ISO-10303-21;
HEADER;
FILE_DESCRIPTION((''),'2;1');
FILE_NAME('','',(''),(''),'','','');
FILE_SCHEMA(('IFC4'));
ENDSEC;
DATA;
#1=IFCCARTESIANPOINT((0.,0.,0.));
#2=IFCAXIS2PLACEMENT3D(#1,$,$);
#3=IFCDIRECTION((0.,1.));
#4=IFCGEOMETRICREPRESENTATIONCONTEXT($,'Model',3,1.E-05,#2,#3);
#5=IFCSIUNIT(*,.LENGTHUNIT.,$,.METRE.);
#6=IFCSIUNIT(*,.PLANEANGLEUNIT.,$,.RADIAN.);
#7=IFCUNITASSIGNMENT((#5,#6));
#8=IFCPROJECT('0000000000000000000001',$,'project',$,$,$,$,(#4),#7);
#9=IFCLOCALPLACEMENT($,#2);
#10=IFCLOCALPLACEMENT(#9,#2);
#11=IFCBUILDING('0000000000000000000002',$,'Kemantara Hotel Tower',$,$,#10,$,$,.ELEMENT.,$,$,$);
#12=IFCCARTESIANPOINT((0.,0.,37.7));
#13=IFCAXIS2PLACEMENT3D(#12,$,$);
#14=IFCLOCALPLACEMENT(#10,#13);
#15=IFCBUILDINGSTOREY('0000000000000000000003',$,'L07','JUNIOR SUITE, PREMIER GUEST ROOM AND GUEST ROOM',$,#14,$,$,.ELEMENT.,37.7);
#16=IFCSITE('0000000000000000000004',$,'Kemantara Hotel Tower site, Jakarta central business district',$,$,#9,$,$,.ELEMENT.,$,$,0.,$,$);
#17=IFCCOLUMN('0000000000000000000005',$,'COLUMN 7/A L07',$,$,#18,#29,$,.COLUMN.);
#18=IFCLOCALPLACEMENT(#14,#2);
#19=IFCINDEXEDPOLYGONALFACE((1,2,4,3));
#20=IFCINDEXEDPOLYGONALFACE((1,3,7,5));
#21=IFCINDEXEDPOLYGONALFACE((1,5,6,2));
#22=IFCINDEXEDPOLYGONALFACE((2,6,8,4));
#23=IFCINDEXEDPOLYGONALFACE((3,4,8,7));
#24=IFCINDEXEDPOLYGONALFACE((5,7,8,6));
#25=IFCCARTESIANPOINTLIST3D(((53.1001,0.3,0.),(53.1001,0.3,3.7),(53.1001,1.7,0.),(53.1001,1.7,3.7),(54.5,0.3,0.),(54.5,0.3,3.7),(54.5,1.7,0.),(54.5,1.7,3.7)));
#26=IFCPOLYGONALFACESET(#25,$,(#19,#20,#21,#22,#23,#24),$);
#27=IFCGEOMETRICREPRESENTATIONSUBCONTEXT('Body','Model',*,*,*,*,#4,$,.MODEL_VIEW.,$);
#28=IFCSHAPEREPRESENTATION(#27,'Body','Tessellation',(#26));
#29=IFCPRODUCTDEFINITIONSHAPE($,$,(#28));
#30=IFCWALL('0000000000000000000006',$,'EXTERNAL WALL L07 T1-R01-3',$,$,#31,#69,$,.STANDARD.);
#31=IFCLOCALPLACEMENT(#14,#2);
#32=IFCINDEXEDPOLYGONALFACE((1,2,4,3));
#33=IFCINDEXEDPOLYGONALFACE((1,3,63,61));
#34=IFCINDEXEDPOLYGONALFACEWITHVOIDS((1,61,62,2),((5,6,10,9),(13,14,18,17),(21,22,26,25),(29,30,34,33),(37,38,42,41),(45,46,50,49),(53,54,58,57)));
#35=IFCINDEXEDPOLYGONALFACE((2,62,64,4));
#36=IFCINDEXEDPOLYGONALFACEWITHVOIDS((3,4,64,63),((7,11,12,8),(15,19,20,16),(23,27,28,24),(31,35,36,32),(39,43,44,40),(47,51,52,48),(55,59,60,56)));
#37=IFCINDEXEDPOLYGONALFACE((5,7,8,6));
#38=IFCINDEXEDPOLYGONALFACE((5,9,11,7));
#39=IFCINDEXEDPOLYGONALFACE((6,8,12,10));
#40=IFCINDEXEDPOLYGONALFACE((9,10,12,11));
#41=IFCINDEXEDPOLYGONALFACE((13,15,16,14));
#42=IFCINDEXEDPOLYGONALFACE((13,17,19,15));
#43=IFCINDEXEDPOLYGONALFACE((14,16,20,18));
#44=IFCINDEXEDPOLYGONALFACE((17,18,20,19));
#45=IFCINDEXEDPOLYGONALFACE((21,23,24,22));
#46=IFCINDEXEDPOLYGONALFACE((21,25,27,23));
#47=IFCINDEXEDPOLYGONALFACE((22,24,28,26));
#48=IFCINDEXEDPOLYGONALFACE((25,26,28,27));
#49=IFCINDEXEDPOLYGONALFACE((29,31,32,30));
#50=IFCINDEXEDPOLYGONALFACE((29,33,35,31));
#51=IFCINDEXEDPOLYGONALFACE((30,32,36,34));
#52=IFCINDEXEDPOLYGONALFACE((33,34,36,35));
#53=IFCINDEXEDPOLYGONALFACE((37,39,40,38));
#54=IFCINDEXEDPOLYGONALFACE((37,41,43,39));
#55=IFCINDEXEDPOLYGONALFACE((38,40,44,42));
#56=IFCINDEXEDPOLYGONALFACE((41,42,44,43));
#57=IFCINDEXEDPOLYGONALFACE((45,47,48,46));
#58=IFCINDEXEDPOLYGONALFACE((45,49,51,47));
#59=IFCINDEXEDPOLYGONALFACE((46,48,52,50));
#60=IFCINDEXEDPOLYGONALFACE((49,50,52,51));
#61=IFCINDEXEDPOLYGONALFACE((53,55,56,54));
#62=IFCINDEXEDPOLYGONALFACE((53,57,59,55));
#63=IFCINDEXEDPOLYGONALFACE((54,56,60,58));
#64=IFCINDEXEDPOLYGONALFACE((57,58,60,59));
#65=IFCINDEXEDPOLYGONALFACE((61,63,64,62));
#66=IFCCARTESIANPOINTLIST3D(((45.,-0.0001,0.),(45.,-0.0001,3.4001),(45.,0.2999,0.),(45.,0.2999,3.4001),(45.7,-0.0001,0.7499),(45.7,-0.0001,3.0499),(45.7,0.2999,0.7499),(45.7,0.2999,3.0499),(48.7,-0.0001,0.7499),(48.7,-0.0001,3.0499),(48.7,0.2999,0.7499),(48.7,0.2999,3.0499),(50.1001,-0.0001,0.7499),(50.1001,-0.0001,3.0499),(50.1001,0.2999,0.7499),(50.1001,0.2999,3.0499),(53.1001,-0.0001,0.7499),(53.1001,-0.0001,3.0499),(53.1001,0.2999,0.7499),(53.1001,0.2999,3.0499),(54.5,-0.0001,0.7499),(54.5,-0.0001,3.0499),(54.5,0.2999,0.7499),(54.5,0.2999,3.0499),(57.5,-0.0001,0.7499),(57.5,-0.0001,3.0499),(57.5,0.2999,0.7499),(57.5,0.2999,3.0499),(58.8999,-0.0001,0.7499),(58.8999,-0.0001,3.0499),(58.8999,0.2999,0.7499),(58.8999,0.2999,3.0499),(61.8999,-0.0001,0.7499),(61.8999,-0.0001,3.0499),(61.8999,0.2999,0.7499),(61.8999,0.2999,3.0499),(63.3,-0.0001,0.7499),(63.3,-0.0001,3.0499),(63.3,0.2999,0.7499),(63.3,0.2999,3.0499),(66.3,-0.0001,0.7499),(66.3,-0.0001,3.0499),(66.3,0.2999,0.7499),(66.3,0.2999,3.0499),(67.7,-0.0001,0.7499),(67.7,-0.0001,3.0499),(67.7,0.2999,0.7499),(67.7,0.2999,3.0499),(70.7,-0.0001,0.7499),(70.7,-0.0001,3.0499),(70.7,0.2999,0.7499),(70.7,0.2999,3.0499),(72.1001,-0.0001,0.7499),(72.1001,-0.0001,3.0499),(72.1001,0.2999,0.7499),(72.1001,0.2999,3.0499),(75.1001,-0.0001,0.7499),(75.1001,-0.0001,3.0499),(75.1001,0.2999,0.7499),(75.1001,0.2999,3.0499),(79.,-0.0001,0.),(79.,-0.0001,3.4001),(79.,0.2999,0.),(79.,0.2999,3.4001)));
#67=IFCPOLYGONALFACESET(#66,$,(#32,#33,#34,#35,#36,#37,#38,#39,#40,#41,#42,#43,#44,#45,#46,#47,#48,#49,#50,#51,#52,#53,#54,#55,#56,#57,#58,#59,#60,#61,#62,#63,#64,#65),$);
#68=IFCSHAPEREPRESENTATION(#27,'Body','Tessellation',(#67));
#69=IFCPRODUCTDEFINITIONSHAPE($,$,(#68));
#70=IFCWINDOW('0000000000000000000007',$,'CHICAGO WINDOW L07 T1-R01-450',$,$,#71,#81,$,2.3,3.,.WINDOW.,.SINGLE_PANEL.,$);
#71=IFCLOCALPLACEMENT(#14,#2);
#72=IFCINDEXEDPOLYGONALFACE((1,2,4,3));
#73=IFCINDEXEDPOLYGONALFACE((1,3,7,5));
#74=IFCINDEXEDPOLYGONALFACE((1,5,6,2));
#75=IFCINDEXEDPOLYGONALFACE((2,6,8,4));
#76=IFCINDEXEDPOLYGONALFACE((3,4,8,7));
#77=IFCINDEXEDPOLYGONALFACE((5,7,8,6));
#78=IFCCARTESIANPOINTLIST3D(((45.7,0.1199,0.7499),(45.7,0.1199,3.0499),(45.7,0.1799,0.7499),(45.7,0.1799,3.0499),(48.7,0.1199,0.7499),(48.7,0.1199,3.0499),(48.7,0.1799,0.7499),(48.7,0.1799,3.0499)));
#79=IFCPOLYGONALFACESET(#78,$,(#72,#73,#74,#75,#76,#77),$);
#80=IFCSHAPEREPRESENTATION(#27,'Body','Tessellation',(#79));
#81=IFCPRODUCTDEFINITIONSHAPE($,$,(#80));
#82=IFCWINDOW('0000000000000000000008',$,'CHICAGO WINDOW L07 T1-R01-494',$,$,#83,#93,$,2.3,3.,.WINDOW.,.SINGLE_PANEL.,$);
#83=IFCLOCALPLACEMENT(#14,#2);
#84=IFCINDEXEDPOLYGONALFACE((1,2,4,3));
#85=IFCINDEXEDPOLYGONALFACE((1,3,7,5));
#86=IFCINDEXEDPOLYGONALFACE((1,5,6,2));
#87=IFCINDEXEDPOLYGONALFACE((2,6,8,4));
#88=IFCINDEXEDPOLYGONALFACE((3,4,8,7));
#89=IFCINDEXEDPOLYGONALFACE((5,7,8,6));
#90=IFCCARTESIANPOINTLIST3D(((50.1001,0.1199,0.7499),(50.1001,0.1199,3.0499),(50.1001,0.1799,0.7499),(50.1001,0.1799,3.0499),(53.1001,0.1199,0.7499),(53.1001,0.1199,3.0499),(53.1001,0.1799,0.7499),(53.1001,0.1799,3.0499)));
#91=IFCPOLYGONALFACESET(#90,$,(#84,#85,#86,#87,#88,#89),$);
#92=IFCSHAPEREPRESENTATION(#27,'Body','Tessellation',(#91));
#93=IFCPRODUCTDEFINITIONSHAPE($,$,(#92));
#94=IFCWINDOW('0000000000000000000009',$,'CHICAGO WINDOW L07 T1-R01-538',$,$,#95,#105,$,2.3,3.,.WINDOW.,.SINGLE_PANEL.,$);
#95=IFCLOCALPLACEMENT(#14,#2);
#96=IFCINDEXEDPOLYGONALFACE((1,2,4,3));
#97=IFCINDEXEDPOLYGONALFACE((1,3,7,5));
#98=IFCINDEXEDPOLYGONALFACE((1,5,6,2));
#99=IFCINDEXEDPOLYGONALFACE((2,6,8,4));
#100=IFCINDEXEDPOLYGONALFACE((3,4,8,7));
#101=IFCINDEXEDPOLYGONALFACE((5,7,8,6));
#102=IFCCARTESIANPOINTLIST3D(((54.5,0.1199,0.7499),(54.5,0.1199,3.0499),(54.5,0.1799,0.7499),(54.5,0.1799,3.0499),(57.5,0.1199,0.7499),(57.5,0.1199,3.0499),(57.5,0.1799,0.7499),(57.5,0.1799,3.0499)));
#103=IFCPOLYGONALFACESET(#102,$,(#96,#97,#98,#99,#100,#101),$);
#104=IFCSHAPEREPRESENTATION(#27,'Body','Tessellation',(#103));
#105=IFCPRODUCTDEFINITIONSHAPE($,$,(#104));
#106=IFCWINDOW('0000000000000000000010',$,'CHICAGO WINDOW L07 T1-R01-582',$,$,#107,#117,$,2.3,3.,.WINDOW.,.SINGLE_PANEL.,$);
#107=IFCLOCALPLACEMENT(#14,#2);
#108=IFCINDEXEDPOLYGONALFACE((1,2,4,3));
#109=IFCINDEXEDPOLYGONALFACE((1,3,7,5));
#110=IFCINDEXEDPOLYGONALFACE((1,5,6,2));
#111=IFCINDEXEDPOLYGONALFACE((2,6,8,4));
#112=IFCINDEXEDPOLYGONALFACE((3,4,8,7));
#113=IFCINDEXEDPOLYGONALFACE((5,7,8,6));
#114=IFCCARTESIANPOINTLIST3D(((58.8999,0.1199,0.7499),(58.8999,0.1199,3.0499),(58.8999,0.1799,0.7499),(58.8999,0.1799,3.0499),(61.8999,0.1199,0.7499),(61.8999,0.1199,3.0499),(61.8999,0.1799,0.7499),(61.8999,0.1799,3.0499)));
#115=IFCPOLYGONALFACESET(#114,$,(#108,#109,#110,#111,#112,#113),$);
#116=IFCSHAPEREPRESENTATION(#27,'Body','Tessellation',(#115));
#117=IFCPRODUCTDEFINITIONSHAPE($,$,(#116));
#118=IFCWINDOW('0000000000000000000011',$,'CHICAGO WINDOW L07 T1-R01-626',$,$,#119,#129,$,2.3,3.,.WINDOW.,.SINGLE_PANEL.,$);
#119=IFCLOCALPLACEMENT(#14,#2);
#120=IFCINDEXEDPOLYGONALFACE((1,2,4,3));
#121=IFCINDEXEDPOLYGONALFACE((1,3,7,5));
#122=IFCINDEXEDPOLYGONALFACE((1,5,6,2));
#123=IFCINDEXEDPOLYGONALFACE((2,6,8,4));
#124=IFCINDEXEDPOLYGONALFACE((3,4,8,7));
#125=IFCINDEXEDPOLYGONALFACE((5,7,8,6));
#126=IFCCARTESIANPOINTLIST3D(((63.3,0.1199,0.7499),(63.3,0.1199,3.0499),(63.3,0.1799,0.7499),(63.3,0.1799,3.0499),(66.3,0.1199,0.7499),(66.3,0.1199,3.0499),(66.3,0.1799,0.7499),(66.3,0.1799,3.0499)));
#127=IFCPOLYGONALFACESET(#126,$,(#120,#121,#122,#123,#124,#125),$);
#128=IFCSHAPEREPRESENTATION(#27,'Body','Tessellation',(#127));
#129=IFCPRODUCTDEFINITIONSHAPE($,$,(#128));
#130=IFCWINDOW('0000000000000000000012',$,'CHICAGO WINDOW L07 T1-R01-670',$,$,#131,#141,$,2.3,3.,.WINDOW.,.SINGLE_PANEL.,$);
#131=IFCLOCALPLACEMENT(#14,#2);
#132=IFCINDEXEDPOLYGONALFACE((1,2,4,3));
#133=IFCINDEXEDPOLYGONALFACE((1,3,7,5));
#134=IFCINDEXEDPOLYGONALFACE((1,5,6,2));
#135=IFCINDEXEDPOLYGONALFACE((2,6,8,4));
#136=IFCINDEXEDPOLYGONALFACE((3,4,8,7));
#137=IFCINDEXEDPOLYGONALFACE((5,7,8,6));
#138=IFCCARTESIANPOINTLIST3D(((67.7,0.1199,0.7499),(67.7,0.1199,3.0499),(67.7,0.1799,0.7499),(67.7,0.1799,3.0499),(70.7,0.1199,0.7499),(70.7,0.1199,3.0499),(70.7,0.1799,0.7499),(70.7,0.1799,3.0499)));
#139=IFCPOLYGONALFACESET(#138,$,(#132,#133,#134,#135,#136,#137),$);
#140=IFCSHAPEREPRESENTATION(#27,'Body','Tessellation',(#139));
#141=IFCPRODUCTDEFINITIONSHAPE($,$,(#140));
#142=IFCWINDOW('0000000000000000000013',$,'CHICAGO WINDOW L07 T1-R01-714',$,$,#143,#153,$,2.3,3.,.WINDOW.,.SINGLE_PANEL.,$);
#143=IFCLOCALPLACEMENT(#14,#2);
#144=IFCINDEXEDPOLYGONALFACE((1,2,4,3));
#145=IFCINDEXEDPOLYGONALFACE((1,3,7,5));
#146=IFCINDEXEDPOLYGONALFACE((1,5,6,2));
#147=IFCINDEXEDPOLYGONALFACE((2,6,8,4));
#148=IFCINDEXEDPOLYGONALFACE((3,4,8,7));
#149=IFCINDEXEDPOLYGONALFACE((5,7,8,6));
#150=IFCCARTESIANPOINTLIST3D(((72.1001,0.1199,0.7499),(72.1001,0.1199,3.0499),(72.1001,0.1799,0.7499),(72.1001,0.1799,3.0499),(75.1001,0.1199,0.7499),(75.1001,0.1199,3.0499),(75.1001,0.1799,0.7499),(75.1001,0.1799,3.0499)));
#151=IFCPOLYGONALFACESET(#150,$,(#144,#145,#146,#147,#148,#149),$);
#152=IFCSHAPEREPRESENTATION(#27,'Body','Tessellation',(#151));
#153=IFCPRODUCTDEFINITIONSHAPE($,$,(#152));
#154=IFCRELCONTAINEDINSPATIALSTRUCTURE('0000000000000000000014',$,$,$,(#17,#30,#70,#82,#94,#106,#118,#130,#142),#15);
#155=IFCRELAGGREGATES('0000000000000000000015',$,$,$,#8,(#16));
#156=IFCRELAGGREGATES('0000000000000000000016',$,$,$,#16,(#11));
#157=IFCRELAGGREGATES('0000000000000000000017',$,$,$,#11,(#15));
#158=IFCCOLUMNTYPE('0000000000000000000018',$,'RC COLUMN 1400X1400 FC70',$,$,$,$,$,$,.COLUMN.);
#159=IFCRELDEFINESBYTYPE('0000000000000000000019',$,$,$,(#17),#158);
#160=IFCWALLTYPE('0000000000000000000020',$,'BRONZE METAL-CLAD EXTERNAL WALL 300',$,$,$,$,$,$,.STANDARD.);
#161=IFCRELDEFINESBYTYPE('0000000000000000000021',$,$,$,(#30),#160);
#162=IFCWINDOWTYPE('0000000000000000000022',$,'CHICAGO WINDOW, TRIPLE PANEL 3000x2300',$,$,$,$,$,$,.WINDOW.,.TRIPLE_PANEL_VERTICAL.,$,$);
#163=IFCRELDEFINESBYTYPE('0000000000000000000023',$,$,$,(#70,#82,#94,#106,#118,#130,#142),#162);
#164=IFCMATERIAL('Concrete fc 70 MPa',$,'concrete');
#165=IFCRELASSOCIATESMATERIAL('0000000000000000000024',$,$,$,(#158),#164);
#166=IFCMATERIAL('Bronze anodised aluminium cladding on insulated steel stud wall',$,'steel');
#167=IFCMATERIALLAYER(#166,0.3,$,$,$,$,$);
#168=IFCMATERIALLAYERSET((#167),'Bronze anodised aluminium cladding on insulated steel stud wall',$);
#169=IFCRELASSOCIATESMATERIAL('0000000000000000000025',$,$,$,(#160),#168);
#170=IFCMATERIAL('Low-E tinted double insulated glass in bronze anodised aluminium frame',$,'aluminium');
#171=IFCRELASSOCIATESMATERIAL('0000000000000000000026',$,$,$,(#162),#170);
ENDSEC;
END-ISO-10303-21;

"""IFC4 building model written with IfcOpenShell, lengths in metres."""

from ifc_helpers import new_model, si_unit, direction, frame, frame_2d, origin, origin_2d, place, context, subcontext, project, spatial, rectangle, extrude, material, layer, layer_set, material_profile, profile_set, type_object, element, fill, save


model = new_model("IFC4")

# Units and contexts
model_context = context("Model", 3, precision=1e-05, world=origin(), true_north=direction((0.0, 1.0)))
body_context = subcontext(model_context, "Body", "Model", "MODEL_VIEW")
ifc_project = project(units=[si_unit("LENGTHUNIT", "METRE"), si_unit("PLANEANGLEUNIT", "RADIAN")], contexts=[model_context])

# Site, building, storey
site_placement = place(None, origin())
site = spatial("IfcSite", under=ifc_project, at=site_placement, Name="Kemantara Hotel Tower site, Jakarta central business district", CompositionType="ELEMENT", RefElevation=0.0)
building_placement = place(site_placement, origin())
building = spatial("IfcBuilding", under=site, at=building_placement, Name="Kemantara Hotel Tower", CompositionType="ELEMENT")
storey_placement = place(building_placement, frame((0.0, 0.0, 37.7)))
storey = spatial("IfcBuildingStorey", under=building, at=storey_placement, Name="L07", Description="JUNIOR SUITE, PREMIER GUEST ROOM AND GUEST ROOM", CompositionType="ELEMENT", Elevation=37.7)

# Column
ifc_material_1 = material(Name="Concrete fc 70 MPa", Category="concrete")
ifc_material_profile = material_profile(ifc_material_1, rectangle(XDim=1.3999, YDim=1.3999, at=origin_2d()), Name="RC 1400X1400")
ifc_profile_set = profile_set([ifc_material_profile], Name="Concrete fc 70 MPa")
column_type = type_object("IfcColumnType", Name="RC COLUMN 1400X1400 FC70", PredefinedType="COLUMN", material=ifc_profile_set)
column_placement = place(storey_placement, frame((53.8, 1.0, 0.0), z_axis=(0.0, 0.0, 1.0), x_axis=(1.0, 0.0, 0.0)))
element("IfcColumn", 1, at=column_placement, inside=storey, type_object=column_type, Name="COLUMN 7/A L07", PredefinedType="COLUMN", context=body_context, shape_type="SweptSolid", body=[
    extrude(rectangle(XDim=1.3999, YDim=1.3999, at=origin_2d()), origin(), (0.0, 0.0, 1.0), 3.7),
])

# Wall, openings, windows
ifc_material_2 = material(Name="Bronze anodised aluminium cladding on insulated steel stud wall", Category="steel")
ifc_layer_1 = layer(ifc_material_2, 0.3)
ifc_layer_set_1 = layer_set([ifc_layer_1], Name="Bronze anodised aluminium cladding on insulated steel stud wall")
wall_type_1 = type_object("IfcWallType", Name="BRONZE METAL-CLAD EXTERNAL WALL 300", PredefinedType="STANDARD", material=ifc_layer_set_1)
wall_1_placement = place(storey_placement, frame((45.0, 0.1499, 0.0), z_axis=(0.0, 0.0, 1.0), x_axis=(1.0, 0.0, 0.0)))
wall_1 = element("IfcWall", 2, at=wall_1_placement, inside=storey, type_object=wall_type_1, Name="EXTERNAL WALL L07 T1-R01-3", PredefinedType="STANDARD", context=body_context, shape_type="SweptSolid", body=[
    extrude(rectangle(XDim=34.0, YDim=0.3, at=frame_2d((17.0, 0.0))), origin(), (0.0, 0.0, 1.0), 3.4001),
])
opening_1_placement = place(wall_1_placement, frame((0.7, 0.0, 0.75)))
opening_1 = element("IfcOpeningElement", 3, at=opening_1_placement, cuts=wall_1, PredefinedType="OPENING", context=body_context, shape_type="SweptSolid", body=[
    extrude(rectangle(XDim=3.0, YDim=2.3, at=frame_2d((1.5, 1.1499))), frame((0.0, 0.1599, 0.0), z_axis=(0.0, -1.0, 0.0), x_axis=(1.0, 0.0, 0.0)), (0.0, 0.0, 1.0), 0.3201),
])
opening_2_placement = place(wall_1_placement, frame((5.1001, 0.0, 0.75)))
opening_2 = element("IfcOpeningElement", 4, at=opening_2_placement, cuts=wall_1, PredefinedType="OPENING", context=body_context, shape_type="SweptSolid", body=[
    extrude(rectangle(XDim=3.0, YDim=2.3, at=frame_2d((1.5, 1.1499))), frame((0.0, 0.1599, 0.0), z_axis=(0.0, -1.0, 0.0), x_axis=(1.0, 0.0, 0.0)), (0.0, 0.0, 1.0), 0.3201),
])
opening_3_placement = place(wall_1_placement, frame((9.5, 0.0, 0.75)))
opening_3 = element("IfcOpeningElement", 5, at=opening_3_placement, cuts=wall_1, PredefinedType="OPENING", context=body_context, shape_type="SweptSolid", body=[
    extrude(rectangle(XDim=3.0, YDim=2.3, at=frame_2d((1.5, 1.1499))), frame((0.0, 0.1599, 0.0), z_axis=(0.0, -1.0, 0.0), x_axis=(1.0, 0.0, 0.0)), (0.0, 0.0, 1.0), 0.3201),
])
opening_4_placement = place(wall_1_placement, frame((13.8999, 0.0, 0.75)))
opening_4 = element("IfcOpeningElement", 6, at=opening_4_placement, cuts=wall_1, PredefinedType="OPENING", context=body_context, shape_type="SweptSolid", body=[
    extrude(rectangle(XDim=3.0, YDim=2.3, at=frame_2d((1.5, 1.1499))), frame((0.0, 0.1599, 0.0), z_axis=(0.0, -1.0, 0.0), x_axis=(1.0, 0.0, 0.0)), (0.0, 0.0, 1.0), 0.3201),
])
opening_5_placement = place(wall_1_placement, frame((18.3, 0.0, 0.75)))
opening_5 = element("IfcOpeningElement", 7, at=opening_5_placement, cuts=wall_1, PredefinedType="OPENING", context=body_context, shape_type="SweptSolid", body=[
    extrude(rectangle(XDim=3.0, YDim=2.3, at=frame_2d((1.5, 1.1499))), frame((0.0, 0.1599, 0.0), z_axis=(0.0, -1.0, 0.0), x_axis=(1.0, 0.0, 0.0)), (0.0, 0.0, 1.0), 0.3201),
])
opening_6_placement = place(wall_1_placement, frame((22.7, 0.0, 0.75)))
opening_6 = element("IfcOpeningElement", 8, at=opening_6_placement, cuts=wall_1, PredefinedType="OPENING", context=body_context, shape_type="SweptSolid", body=[
    extrude(rectangle(XDim=3.0, YDim=2.3, at=frame_2d((1.5, 1.1499))), frame((0.0, 0.1599, 0.0), z_axis=(0.0, -1.0, 0.0), x_axis=(1.0, 0.0, 0.0)), (0.0, 0.0, 1.0), 0.3201),
])
opening_7_placement = place(wall_1_placement, frame((27.1001, 0.0, 0.75)))
opening_7 = element("IfcOpeningElement", 9, at=opening_7_placement, cuts=wall_1, PredefinedType="OPENING", context=body_context, shape_type="SweptSolid", body=[
    extrude(rectangle(XDim=3.0, YDim=2.3, at=frame_2d((1.5, 1.1499))), frame((0.0, 0.1599, 0.0), z_axis=(0.0, -1.0, 0.0), x_axis=(1.0, 0.0, 0.0)), (0.0, 0.0, 1.0), 0.3201),
])
ifc_material_3 = material(Name="Low-E tinted double insulated glass in bronze anodised aluminium frame", Category="aluminium")
window_type = type_object("IfcWindowType", Name="CHICAGO WINDOW, TRIPLE PANEL 3000x2300", PartitioningType="TRIPLE_PANEL_VERTICAL", PredefinedType="WINDOW", material=ifc_material_3)
window_1_placement = place(opening_1_placement, origin())
window_1 = element("IfcWindow", 10, at=window_1_placement, inside=storey, type_object=window_type, Name="CHICAGO WINDOW L07 T1-R01-450", OverallHeight=2.3, OverallWidth=3.0, PartitioningType="SINGLE_PANEL", PredefinedType="WINDOW", context=body_context, shape_type="SweptSolid", body=[
    extrude(rectangle(XDim=3.0, YDim=2.3, at=frame_2d((1.5, 1.1499))), frame((0.0, 0.03, 0.0), z_axis=(0.0, -1.0, 0.0), x_axis=(1.0, 0.0, 0.0)), (0.0, 0.0, 1.0), 0.0601),
])
fill(opening_1, window_1)
window_2_placement = place(opening_2_placement, origin())
window_2 = element("IfcWindow", 11, at=window_2_placement, inside=storey, type_object=window_type, Name="CHICAGO WINDOW L07 T1-R01-494", OverallHeight=2.3, OverallWidth=3.0, PartitioningType="SINGLE_PANEL", PredefinedType="WINDOW", context=body_context, shape_type="SweptSolid", body=[
    extrude(rectangle(XDim=3.0, YDim=2.3, at=frame_2d((1.5, 1.1499))), frame((0.0, 0.03, 0.0), z_axis=(0.0, -1.0, 0.0), x_axis=(1.0, 0.0, 0.0)), (0.0, 0.0, 1.0), 0.0601),
])
fill(opening_2, window_2)
window_3_placement = place(opening_3_placement, origin())
window_3 = element("IfcWindow", 12, at=window_3_placement, inside=storey, type_object=window_type, Name="CHICAGO WINDOW L07 T1-R01-538", OverallHeight=2.3, OverallWidth=3.0, PartitioningType="SINGLE_PANEL", PredefinedType="WINDOW", context=body_context, shape_type="SweptSolid", body=[
    extrude(rectangle(XDim=3.0, YDim=2.3, at=frame_2d((1.5, 1.1499))), frame((0.0, 0.03, 0.0), z_axis=(0.0, -1.0, 0.0), x_axis=(1.0, 0.0, 0.0)), (0.0, 0.0, 1.0), 0.0601),
])
fill(opening_3, window_3)
window_4_placement = place(opening_4_placement, origin())
window_4 = element("IfcWindow", 13, at=window_4_placement, inside=storey, type_object=window_type, Name="CHICAGO WINDOW L07 T1-R01-582", OverallHeight=2.3, OverallWidth=3.0, PartitioningType="SINGLE_PANEL", PredefinedType="WINDOW", context=body_context, shape_type="SweptSolid", body=[
    extrude(rectangle(XDim=3.0, YDim=2.3, at=frame_2d((1.5, 1.1499))), frame((0.0, 0.03, 0.0), z_axis=(0.0, -1.0, 0.0), x_axis=(1.0, 0.0, 0.0)), (0.0, 0.0, 1.0), 0.0601),
])
fill(opening_4, window_4)
window_5_placement = place(opening_5_placement, origin())
window_5 = element("IfcWindow", 14, at=window_5_placement, inside=storey, type_object=window_type, Name="CHICAGO WINDOW L07 T1-R01-626", OverallHeight=2.3, OverallWidth=3.0, PartitioningType="SINGLE_PANEL", PredefinedType="WINDOW", context=body_context, shape_type="SweptSolid", body=[
    extrude(rectangle(XDim=3.0, YDim=2.3, at=frame_2d((1.5, 1.1499))), frame((0.0, 0.03, 0.0), z_axis=(0.0, -1.0, 0.0), x_axis=(1.0, 0.0, 0.0)), (0.0, 0.0, 1.0), 0.0601),
])
fill(opening_5, window_5)
window_6_placement = place(opening_6_placement, origin())
window_6 = element("IfcWindow", 15, at=window_6_placement, inside=storey, type_object=window_type, Name="CHICAGO WINDOW L07 T1-R01-670", OverallHeight=2.3, OverallWidth=3.0, PartitioningType="SINGLE_PANEL", PredefinedType="WINDOW", context=body_context, shape_type="SweptSolid", body=[
    extrude(rectangle(XDim=3.0, YDim=2.3, at=frame_2d((1.5, 1.1499))), frame((0.0, 0.03, 0.0), z_axis=(0.0, -1.0, 0.0), x_axis=(1.0, 0.0, 0.0)), (0.0, 0.0, 1.0), 0.0601),
])
fill(opening_6, window_6)
window_7_placement = place(opening_7_placement, origin())
window_7 = element("IfcWindow", 16, at=window_7_placement, inside=storey, type_object=window_type, Name="CHICAGO WINDOW L07 T1-R01-714", OverallHeight=2.3, OverallWidth=3.0, PartitioningType="SINGLE_PANEL", PredefinedType="WINDOW", context=body_context, shape_type="SweptSolid", body=[
    extrude(rectangle(XDim=3.0, YDim=2.3, at=frame_2d((1.5, 1.1499))), frame((0.0, 0.03, 0.0), z_axis=(0.0, -1.0, 0.0), x_axis=(1.0, 0.0, 0.0)), (0.0, 0.0, 1.0), 0.0601),
])
fill(opening_7, window_7)

save(model, "model.ifc")
